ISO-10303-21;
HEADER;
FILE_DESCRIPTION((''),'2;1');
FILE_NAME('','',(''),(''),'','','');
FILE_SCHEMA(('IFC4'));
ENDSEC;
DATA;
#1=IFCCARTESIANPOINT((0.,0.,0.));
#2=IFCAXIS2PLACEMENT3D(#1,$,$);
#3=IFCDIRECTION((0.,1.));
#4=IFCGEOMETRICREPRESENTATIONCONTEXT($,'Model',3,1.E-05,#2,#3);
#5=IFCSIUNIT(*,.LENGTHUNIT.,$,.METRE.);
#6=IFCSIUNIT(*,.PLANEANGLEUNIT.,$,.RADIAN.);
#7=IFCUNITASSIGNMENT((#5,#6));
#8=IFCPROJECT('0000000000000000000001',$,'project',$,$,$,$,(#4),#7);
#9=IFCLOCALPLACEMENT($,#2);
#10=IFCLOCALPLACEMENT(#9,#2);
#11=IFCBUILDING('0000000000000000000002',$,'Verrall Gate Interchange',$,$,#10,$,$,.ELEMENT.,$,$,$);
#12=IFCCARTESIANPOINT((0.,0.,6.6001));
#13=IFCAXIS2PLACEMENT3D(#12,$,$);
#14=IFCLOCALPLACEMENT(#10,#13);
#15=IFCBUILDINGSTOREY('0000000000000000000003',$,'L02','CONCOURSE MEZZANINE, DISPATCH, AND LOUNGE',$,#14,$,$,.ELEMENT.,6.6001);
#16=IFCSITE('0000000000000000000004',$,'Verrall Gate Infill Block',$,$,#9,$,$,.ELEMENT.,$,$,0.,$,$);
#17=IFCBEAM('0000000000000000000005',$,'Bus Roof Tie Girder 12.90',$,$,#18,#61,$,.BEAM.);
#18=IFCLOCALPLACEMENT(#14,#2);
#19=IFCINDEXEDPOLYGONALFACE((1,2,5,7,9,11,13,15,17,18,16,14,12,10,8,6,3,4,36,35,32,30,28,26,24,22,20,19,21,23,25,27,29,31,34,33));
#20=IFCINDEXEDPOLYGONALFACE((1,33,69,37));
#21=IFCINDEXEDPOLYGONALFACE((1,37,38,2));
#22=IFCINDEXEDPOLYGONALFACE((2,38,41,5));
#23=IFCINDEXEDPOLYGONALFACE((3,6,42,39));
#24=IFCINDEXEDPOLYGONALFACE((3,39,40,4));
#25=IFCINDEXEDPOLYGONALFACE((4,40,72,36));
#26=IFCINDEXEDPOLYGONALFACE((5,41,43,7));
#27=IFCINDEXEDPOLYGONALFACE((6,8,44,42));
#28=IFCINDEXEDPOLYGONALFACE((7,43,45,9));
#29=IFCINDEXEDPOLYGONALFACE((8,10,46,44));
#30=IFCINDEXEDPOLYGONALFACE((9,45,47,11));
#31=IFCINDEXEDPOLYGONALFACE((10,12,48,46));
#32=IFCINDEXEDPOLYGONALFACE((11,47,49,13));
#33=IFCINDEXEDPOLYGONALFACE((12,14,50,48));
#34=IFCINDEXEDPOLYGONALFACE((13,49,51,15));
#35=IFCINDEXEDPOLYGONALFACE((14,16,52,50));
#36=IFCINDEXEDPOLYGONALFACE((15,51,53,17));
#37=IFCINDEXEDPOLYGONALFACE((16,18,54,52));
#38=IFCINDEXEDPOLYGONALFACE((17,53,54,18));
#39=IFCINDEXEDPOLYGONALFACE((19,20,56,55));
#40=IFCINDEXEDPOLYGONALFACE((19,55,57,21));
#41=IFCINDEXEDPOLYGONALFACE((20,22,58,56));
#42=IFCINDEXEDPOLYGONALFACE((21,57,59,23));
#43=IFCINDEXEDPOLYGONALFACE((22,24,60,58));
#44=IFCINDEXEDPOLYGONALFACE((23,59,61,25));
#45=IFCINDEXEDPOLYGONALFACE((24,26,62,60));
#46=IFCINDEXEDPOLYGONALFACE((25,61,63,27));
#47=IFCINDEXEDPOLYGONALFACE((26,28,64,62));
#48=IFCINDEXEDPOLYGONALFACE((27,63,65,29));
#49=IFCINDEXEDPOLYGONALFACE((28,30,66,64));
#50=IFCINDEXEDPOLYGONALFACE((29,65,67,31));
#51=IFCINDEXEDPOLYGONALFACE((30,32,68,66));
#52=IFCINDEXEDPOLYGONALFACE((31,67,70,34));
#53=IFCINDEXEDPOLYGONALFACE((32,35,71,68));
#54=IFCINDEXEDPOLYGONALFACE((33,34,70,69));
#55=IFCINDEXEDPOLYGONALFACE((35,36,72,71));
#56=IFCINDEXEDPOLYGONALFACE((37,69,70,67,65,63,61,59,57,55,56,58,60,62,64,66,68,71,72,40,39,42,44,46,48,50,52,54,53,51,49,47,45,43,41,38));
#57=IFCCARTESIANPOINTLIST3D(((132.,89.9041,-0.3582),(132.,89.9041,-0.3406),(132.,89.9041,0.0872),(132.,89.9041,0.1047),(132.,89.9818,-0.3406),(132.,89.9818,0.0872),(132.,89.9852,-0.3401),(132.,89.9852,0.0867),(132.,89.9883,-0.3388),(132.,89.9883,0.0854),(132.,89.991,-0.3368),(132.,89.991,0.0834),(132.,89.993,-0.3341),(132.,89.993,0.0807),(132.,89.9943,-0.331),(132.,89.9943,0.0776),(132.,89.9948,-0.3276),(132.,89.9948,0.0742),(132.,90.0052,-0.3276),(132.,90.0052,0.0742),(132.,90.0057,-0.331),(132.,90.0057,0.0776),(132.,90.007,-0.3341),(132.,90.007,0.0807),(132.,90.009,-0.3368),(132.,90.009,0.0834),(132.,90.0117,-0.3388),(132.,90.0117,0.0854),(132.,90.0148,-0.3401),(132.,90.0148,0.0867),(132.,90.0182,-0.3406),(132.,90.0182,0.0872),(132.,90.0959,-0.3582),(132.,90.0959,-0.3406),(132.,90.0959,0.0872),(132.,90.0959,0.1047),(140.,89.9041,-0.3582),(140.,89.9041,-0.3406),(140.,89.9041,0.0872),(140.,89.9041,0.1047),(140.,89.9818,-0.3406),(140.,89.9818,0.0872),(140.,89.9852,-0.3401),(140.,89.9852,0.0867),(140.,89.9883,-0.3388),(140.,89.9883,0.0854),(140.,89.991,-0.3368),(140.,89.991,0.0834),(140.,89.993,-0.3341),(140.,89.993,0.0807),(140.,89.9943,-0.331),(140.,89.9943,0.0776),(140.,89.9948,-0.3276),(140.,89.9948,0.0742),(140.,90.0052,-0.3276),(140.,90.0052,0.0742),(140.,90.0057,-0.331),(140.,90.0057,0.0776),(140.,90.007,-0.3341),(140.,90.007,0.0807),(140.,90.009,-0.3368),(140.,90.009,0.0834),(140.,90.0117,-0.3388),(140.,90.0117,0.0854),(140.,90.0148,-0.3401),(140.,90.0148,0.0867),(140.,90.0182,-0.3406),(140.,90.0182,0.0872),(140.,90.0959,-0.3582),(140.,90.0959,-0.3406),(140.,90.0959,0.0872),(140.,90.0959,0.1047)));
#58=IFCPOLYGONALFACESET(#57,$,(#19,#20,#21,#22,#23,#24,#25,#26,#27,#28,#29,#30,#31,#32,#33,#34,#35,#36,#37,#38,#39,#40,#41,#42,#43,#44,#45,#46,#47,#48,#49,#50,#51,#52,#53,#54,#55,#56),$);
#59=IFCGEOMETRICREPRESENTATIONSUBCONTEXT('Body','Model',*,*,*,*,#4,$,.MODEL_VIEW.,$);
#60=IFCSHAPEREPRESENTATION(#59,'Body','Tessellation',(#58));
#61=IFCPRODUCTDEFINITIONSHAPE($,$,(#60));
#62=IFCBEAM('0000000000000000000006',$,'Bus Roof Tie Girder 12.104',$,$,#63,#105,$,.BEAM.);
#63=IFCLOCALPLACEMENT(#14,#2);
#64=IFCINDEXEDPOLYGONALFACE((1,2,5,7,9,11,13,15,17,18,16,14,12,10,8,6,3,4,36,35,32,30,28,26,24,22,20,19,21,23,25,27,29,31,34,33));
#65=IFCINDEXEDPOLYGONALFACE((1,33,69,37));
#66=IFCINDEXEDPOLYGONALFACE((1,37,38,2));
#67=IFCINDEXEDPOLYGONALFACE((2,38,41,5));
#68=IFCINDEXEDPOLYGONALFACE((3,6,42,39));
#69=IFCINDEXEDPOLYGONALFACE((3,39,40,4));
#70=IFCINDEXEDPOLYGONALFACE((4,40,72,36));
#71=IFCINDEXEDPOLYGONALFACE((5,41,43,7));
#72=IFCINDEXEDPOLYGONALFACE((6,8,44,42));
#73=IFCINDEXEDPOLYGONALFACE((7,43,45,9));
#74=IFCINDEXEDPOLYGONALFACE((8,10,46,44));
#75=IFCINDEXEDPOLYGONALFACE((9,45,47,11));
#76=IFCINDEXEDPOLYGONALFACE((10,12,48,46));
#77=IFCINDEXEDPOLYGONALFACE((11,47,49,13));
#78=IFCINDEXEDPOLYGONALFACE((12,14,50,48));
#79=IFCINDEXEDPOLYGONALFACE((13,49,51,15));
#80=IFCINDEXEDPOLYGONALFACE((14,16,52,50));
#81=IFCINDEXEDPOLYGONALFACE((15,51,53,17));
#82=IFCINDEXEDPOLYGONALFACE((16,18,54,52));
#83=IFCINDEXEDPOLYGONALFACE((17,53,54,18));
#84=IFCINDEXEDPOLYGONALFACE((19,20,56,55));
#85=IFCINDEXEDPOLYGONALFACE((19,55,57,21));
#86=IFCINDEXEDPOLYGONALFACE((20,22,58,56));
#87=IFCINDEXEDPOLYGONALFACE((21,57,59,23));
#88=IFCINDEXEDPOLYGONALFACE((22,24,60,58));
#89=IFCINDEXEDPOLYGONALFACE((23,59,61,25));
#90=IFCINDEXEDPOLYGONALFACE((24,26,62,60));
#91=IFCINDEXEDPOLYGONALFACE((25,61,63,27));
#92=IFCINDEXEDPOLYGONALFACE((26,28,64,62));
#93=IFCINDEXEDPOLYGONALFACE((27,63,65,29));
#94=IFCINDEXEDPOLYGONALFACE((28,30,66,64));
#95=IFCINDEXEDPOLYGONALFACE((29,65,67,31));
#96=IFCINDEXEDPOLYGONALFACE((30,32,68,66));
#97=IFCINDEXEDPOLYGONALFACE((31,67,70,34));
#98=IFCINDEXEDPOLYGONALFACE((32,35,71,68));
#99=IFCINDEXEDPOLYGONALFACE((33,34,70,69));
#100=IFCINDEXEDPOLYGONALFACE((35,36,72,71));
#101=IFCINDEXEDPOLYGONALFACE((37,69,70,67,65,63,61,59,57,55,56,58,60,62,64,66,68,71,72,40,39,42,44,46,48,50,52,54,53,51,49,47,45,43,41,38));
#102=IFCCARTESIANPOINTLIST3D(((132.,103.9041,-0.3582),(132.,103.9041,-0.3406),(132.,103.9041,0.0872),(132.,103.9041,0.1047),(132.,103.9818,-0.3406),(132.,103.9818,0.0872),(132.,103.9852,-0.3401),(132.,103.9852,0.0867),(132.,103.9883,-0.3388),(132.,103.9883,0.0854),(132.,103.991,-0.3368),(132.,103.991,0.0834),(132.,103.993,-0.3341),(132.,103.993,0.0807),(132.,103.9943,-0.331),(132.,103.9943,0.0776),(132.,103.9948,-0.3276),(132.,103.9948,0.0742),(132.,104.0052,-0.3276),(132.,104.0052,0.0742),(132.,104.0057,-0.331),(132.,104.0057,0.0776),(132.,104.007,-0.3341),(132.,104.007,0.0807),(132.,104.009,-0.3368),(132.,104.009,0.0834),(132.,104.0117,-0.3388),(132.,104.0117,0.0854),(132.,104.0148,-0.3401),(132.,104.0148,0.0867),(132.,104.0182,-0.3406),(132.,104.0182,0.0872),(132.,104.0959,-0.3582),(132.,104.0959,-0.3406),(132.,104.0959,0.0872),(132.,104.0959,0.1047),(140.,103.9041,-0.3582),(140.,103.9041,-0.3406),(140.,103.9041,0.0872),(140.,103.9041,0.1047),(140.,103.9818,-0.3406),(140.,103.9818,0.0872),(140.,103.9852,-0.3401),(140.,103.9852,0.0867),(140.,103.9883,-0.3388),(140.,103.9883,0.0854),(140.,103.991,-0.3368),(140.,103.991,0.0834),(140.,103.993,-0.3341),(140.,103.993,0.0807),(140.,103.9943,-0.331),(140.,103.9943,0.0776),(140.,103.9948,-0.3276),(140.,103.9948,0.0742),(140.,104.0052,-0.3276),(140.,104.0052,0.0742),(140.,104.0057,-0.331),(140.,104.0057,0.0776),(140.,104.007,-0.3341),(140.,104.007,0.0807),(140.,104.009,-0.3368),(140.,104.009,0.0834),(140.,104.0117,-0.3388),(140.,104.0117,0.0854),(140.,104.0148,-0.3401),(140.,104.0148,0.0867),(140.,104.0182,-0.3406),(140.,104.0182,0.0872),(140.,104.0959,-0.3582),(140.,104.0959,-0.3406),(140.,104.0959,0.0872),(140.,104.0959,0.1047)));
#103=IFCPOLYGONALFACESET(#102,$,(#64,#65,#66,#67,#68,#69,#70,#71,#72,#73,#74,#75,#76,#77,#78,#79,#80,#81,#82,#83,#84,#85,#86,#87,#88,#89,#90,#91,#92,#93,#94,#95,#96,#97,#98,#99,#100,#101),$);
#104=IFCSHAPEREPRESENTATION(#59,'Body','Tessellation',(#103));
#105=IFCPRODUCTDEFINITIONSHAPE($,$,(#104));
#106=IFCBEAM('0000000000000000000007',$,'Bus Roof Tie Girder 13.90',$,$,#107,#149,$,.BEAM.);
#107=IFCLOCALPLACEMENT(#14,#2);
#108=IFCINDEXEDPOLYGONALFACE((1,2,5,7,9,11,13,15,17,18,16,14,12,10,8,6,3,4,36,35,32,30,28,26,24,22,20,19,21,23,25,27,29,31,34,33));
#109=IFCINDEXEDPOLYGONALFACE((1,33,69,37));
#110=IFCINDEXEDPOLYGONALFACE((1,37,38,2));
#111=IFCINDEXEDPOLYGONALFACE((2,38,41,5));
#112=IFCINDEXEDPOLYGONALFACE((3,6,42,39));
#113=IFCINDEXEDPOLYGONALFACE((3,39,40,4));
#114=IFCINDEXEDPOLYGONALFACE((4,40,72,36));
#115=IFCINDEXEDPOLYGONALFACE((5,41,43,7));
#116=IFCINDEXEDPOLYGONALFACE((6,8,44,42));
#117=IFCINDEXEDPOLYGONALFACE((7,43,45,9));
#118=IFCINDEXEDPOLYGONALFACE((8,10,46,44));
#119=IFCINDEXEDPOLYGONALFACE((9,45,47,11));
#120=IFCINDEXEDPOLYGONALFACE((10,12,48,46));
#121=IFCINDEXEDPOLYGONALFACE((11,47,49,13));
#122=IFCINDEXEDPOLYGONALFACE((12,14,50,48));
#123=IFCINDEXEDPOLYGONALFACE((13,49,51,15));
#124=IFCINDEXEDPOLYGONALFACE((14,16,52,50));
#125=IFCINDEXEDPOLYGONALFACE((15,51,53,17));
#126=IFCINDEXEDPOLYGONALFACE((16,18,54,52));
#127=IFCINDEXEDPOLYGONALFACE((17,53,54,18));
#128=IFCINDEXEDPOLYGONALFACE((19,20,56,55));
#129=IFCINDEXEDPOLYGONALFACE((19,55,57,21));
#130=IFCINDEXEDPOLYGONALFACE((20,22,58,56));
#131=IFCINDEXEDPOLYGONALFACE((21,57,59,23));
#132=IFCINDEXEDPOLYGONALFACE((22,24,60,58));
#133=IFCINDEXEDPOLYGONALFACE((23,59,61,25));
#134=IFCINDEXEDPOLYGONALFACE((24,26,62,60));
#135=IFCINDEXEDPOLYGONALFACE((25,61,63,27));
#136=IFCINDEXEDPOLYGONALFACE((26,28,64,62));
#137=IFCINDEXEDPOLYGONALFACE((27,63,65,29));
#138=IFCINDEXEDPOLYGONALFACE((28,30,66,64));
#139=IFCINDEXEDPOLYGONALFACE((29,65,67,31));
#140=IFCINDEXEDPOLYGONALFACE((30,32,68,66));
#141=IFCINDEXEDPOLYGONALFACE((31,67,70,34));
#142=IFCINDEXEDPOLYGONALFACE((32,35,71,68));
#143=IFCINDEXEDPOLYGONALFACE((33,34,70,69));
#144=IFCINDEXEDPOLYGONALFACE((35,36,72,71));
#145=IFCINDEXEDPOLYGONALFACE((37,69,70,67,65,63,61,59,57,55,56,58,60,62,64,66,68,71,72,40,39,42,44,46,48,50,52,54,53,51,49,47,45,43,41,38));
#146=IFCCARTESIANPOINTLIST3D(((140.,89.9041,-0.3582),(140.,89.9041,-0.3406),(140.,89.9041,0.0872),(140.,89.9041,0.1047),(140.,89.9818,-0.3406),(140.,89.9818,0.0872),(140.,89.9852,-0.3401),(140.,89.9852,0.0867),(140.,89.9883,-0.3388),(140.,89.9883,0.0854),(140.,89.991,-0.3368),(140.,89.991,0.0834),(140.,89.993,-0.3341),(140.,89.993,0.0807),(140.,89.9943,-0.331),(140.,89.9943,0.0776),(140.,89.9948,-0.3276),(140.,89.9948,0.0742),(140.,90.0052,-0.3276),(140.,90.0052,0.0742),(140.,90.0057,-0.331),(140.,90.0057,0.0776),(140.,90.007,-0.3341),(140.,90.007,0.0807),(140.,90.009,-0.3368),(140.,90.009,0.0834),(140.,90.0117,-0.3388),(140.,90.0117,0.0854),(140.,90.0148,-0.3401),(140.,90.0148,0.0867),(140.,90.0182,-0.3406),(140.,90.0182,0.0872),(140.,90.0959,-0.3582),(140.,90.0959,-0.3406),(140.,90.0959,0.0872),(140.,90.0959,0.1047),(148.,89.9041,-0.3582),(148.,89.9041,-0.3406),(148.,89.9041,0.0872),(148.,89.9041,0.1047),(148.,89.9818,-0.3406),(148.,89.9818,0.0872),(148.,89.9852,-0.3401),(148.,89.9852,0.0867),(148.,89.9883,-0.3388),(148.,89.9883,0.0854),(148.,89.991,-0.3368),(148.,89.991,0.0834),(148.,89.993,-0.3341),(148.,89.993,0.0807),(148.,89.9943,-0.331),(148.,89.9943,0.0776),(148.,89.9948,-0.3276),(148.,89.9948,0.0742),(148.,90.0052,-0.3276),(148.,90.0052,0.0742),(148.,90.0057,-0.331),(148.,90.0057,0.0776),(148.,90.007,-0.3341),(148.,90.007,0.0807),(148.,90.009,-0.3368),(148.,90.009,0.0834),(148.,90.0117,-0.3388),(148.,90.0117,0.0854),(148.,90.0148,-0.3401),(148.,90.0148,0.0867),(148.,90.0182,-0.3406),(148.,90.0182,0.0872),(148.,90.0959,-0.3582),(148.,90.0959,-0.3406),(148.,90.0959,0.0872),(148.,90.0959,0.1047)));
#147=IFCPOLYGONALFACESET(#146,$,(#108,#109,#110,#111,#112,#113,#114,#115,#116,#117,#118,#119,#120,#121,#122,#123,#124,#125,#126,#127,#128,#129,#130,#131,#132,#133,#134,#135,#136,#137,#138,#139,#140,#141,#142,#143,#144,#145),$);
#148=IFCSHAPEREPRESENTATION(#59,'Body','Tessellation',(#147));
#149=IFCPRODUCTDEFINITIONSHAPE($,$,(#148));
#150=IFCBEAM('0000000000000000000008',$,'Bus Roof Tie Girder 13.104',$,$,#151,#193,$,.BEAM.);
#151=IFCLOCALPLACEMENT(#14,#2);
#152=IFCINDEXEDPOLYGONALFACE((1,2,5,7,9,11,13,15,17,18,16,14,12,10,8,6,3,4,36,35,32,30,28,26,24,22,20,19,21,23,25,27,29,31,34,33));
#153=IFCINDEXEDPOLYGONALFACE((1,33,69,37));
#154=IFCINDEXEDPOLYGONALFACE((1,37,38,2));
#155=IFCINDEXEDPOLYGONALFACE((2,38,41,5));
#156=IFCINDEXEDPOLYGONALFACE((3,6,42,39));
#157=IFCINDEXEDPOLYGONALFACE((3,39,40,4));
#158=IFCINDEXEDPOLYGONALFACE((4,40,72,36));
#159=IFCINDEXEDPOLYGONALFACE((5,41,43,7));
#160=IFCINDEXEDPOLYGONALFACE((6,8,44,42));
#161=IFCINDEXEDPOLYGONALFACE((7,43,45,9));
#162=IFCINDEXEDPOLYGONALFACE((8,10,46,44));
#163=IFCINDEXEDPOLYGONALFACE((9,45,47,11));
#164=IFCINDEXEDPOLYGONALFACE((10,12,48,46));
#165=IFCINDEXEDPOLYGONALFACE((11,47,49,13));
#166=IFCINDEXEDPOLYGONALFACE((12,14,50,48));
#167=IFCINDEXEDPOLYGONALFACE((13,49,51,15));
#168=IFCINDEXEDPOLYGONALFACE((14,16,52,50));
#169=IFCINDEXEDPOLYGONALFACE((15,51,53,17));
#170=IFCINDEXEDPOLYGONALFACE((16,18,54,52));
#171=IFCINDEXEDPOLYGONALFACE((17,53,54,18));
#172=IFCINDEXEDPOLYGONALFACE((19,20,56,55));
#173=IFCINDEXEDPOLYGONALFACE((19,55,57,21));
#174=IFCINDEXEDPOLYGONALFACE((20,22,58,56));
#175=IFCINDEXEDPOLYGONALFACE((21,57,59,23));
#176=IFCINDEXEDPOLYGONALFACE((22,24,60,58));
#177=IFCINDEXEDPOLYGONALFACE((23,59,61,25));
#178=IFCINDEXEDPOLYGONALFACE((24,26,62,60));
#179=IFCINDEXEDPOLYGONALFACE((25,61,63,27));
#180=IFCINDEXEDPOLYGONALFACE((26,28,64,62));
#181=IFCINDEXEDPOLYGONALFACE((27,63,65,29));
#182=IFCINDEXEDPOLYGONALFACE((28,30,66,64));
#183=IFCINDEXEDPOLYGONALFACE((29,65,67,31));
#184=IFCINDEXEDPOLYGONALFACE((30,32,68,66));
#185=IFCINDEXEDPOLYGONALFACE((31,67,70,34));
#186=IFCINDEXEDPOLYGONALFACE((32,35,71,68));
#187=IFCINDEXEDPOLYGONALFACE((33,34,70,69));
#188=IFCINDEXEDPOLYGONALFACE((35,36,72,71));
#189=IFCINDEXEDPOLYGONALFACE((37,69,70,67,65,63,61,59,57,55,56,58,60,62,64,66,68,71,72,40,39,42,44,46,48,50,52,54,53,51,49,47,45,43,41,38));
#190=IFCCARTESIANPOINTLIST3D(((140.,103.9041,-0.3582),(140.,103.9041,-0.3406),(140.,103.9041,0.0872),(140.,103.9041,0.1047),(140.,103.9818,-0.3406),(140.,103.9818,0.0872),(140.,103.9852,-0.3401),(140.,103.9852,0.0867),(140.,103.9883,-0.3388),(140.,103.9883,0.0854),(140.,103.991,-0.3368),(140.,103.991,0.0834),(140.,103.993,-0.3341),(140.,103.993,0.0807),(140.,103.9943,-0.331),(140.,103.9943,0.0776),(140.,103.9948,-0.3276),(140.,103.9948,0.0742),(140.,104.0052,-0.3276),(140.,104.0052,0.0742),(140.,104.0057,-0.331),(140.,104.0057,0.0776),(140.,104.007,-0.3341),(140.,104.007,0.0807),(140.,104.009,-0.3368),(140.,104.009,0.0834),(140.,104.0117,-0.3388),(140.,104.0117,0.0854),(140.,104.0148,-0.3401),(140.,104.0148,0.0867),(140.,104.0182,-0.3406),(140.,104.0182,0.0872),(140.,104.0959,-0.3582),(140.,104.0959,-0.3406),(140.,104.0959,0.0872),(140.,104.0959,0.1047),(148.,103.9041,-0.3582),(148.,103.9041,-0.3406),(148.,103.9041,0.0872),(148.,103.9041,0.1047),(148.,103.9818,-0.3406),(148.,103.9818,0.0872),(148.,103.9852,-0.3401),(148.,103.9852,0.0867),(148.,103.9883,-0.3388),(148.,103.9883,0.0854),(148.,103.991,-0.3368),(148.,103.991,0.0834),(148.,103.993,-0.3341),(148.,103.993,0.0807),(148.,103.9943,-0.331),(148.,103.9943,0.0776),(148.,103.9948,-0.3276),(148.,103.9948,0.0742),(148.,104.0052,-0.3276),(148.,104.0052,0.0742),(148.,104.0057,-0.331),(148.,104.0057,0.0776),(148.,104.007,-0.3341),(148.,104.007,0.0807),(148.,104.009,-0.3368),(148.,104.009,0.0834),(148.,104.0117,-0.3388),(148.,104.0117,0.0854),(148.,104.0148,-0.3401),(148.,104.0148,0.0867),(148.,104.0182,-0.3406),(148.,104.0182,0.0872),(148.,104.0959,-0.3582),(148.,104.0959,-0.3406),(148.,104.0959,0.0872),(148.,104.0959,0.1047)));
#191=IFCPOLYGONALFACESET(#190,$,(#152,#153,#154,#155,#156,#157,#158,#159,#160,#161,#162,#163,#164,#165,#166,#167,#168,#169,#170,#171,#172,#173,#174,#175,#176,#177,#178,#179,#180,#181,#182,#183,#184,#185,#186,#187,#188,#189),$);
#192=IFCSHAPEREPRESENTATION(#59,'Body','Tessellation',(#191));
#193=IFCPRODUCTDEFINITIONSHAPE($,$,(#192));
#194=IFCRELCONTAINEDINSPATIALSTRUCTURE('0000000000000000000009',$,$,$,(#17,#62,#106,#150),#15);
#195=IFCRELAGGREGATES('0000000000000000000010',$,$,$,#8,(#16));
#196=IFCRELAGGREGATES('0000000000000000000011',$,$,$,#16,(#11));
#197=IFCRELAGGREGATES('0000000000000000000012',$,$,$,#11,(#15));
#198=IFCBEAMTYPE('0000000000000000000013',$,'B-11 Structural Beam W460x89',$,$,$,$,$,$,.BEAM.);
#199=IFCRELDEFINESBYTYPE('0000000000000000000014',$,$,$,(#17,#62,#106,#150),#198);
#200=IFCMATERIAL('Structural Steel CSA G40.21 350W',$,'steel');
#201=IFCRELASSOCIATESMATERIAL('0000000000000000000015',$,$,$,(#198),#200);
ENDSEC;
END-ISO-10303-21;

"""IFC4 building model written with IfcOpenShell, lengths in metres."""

from ifc_helpers import new_model, si_unit, direction, frame, origin, origin_2d, place, context, subcontext, project, spatial, i_section, extrude, material, material_profile, profile_set, type_object, element, save


model = new_model("IFC4")

# Units and contexts
model_context = context("Model", 3, precision=1e-05, world=origin(), true_north=direction((0.0, 1.0)))
body_context = subcontext(model_context, "Body", "Model", "MODEL_VIEW")
ifc_project = project(units=[si_unit("LENGTHUNIT", "METRE"), si_unit("PLANEANGLEUNIT", "RADIAN")], contexts=[model_context])

# Site, building, storey
site_placement = place(None, origin())
site = spatial("IfcSite", under=ifc_project, at=site_placement, Name="Verrall Gate Infill Block", CompositionType="ELEMENT", RefElevation=0.0)
building_placement = place(site_placement, origin())
building = spatial("IfcBuilding", under=site, at=building_placement, Name="Verrall Gate Interchange", CompositionType="ELEMENT")
storey_placement = place(building_placement, frame((0.0, 0.0, 6.6001)))
storey = spatial("IfcBuildingStorey", under=building, at=storey_placement, Name="L02", Description="CONCOURSE MEZZANINE, DISPATCH, AND LOUNGE", CompositionType="ELEMENT", Elevation=6.6001)

# Beams
ifc_material_1 = material(Name="Structural Steel CSA G40.21 350W", Category="steel")
ifc_material_profile_1 = material_profile(ifc_material_1, i_section(OverallWidth=0.1919, OverallDepth=0.4629, WebThickness=0.0105, FlangeThickness=0.0176, FilletRadius=0.0129, at=origin_2d()), Name="W460x89")
ifc_profile_set_1 = profile_set([ifc_material_profile_1], Name="Structural Steel CSA G40.21 350W")
beam_type = type_object("IfcBeamType", Name="B-11 Structural Beam W460x89", PredefinedType="BEAM", material=ifc_profile_set_1)
for number, where, z_axis, x_axis, name in (
    (1, (132.0, 90.0, -0.1267), (1.0, 0.0, 0.0), (0.0, 1.0, 0.0), "Bus Roof Tie Girder 12.90"),
    (2, (132.0, 104.0, -0.1267), (1.0, 0.0, 0.0), (0.0, 1.0, 0.0), "Bus Roof Tie Girder 12.104"),
    (3, (140.0, 90.0, -0.1267), (1.0, 0.0, 0.0), (0.0, 1.0, 0.0), "Bus Roof Tie Girder 13.90"),
    (4, (140.0, 104.0, -0.1267), (1.0, 0.0, 0.0), (0.0, 1.0, 0.0), "Bus Roof Tie Girder 13.104"),
):
    element("IfcBeam", number, at=place(storey_placement, frame(where, z_axis=z_axis, x_axis=x_axis)), inside=storey, type_object=beam_type, Name=name, PredefinedType="BEAM", context=body_context, shape_type="SweptSolid", body=[
        extrude(i_section(OverallWidth=0.1919, OverallDepth=0.4629, WebThickness=0.0105, FlangeThickness=0.0176, FilletRadius=0.0129, at=origin_2d()), origin(), (0.0, 0.0, 1.0), 8.0),
    ])

save(model, "model.ifc")
